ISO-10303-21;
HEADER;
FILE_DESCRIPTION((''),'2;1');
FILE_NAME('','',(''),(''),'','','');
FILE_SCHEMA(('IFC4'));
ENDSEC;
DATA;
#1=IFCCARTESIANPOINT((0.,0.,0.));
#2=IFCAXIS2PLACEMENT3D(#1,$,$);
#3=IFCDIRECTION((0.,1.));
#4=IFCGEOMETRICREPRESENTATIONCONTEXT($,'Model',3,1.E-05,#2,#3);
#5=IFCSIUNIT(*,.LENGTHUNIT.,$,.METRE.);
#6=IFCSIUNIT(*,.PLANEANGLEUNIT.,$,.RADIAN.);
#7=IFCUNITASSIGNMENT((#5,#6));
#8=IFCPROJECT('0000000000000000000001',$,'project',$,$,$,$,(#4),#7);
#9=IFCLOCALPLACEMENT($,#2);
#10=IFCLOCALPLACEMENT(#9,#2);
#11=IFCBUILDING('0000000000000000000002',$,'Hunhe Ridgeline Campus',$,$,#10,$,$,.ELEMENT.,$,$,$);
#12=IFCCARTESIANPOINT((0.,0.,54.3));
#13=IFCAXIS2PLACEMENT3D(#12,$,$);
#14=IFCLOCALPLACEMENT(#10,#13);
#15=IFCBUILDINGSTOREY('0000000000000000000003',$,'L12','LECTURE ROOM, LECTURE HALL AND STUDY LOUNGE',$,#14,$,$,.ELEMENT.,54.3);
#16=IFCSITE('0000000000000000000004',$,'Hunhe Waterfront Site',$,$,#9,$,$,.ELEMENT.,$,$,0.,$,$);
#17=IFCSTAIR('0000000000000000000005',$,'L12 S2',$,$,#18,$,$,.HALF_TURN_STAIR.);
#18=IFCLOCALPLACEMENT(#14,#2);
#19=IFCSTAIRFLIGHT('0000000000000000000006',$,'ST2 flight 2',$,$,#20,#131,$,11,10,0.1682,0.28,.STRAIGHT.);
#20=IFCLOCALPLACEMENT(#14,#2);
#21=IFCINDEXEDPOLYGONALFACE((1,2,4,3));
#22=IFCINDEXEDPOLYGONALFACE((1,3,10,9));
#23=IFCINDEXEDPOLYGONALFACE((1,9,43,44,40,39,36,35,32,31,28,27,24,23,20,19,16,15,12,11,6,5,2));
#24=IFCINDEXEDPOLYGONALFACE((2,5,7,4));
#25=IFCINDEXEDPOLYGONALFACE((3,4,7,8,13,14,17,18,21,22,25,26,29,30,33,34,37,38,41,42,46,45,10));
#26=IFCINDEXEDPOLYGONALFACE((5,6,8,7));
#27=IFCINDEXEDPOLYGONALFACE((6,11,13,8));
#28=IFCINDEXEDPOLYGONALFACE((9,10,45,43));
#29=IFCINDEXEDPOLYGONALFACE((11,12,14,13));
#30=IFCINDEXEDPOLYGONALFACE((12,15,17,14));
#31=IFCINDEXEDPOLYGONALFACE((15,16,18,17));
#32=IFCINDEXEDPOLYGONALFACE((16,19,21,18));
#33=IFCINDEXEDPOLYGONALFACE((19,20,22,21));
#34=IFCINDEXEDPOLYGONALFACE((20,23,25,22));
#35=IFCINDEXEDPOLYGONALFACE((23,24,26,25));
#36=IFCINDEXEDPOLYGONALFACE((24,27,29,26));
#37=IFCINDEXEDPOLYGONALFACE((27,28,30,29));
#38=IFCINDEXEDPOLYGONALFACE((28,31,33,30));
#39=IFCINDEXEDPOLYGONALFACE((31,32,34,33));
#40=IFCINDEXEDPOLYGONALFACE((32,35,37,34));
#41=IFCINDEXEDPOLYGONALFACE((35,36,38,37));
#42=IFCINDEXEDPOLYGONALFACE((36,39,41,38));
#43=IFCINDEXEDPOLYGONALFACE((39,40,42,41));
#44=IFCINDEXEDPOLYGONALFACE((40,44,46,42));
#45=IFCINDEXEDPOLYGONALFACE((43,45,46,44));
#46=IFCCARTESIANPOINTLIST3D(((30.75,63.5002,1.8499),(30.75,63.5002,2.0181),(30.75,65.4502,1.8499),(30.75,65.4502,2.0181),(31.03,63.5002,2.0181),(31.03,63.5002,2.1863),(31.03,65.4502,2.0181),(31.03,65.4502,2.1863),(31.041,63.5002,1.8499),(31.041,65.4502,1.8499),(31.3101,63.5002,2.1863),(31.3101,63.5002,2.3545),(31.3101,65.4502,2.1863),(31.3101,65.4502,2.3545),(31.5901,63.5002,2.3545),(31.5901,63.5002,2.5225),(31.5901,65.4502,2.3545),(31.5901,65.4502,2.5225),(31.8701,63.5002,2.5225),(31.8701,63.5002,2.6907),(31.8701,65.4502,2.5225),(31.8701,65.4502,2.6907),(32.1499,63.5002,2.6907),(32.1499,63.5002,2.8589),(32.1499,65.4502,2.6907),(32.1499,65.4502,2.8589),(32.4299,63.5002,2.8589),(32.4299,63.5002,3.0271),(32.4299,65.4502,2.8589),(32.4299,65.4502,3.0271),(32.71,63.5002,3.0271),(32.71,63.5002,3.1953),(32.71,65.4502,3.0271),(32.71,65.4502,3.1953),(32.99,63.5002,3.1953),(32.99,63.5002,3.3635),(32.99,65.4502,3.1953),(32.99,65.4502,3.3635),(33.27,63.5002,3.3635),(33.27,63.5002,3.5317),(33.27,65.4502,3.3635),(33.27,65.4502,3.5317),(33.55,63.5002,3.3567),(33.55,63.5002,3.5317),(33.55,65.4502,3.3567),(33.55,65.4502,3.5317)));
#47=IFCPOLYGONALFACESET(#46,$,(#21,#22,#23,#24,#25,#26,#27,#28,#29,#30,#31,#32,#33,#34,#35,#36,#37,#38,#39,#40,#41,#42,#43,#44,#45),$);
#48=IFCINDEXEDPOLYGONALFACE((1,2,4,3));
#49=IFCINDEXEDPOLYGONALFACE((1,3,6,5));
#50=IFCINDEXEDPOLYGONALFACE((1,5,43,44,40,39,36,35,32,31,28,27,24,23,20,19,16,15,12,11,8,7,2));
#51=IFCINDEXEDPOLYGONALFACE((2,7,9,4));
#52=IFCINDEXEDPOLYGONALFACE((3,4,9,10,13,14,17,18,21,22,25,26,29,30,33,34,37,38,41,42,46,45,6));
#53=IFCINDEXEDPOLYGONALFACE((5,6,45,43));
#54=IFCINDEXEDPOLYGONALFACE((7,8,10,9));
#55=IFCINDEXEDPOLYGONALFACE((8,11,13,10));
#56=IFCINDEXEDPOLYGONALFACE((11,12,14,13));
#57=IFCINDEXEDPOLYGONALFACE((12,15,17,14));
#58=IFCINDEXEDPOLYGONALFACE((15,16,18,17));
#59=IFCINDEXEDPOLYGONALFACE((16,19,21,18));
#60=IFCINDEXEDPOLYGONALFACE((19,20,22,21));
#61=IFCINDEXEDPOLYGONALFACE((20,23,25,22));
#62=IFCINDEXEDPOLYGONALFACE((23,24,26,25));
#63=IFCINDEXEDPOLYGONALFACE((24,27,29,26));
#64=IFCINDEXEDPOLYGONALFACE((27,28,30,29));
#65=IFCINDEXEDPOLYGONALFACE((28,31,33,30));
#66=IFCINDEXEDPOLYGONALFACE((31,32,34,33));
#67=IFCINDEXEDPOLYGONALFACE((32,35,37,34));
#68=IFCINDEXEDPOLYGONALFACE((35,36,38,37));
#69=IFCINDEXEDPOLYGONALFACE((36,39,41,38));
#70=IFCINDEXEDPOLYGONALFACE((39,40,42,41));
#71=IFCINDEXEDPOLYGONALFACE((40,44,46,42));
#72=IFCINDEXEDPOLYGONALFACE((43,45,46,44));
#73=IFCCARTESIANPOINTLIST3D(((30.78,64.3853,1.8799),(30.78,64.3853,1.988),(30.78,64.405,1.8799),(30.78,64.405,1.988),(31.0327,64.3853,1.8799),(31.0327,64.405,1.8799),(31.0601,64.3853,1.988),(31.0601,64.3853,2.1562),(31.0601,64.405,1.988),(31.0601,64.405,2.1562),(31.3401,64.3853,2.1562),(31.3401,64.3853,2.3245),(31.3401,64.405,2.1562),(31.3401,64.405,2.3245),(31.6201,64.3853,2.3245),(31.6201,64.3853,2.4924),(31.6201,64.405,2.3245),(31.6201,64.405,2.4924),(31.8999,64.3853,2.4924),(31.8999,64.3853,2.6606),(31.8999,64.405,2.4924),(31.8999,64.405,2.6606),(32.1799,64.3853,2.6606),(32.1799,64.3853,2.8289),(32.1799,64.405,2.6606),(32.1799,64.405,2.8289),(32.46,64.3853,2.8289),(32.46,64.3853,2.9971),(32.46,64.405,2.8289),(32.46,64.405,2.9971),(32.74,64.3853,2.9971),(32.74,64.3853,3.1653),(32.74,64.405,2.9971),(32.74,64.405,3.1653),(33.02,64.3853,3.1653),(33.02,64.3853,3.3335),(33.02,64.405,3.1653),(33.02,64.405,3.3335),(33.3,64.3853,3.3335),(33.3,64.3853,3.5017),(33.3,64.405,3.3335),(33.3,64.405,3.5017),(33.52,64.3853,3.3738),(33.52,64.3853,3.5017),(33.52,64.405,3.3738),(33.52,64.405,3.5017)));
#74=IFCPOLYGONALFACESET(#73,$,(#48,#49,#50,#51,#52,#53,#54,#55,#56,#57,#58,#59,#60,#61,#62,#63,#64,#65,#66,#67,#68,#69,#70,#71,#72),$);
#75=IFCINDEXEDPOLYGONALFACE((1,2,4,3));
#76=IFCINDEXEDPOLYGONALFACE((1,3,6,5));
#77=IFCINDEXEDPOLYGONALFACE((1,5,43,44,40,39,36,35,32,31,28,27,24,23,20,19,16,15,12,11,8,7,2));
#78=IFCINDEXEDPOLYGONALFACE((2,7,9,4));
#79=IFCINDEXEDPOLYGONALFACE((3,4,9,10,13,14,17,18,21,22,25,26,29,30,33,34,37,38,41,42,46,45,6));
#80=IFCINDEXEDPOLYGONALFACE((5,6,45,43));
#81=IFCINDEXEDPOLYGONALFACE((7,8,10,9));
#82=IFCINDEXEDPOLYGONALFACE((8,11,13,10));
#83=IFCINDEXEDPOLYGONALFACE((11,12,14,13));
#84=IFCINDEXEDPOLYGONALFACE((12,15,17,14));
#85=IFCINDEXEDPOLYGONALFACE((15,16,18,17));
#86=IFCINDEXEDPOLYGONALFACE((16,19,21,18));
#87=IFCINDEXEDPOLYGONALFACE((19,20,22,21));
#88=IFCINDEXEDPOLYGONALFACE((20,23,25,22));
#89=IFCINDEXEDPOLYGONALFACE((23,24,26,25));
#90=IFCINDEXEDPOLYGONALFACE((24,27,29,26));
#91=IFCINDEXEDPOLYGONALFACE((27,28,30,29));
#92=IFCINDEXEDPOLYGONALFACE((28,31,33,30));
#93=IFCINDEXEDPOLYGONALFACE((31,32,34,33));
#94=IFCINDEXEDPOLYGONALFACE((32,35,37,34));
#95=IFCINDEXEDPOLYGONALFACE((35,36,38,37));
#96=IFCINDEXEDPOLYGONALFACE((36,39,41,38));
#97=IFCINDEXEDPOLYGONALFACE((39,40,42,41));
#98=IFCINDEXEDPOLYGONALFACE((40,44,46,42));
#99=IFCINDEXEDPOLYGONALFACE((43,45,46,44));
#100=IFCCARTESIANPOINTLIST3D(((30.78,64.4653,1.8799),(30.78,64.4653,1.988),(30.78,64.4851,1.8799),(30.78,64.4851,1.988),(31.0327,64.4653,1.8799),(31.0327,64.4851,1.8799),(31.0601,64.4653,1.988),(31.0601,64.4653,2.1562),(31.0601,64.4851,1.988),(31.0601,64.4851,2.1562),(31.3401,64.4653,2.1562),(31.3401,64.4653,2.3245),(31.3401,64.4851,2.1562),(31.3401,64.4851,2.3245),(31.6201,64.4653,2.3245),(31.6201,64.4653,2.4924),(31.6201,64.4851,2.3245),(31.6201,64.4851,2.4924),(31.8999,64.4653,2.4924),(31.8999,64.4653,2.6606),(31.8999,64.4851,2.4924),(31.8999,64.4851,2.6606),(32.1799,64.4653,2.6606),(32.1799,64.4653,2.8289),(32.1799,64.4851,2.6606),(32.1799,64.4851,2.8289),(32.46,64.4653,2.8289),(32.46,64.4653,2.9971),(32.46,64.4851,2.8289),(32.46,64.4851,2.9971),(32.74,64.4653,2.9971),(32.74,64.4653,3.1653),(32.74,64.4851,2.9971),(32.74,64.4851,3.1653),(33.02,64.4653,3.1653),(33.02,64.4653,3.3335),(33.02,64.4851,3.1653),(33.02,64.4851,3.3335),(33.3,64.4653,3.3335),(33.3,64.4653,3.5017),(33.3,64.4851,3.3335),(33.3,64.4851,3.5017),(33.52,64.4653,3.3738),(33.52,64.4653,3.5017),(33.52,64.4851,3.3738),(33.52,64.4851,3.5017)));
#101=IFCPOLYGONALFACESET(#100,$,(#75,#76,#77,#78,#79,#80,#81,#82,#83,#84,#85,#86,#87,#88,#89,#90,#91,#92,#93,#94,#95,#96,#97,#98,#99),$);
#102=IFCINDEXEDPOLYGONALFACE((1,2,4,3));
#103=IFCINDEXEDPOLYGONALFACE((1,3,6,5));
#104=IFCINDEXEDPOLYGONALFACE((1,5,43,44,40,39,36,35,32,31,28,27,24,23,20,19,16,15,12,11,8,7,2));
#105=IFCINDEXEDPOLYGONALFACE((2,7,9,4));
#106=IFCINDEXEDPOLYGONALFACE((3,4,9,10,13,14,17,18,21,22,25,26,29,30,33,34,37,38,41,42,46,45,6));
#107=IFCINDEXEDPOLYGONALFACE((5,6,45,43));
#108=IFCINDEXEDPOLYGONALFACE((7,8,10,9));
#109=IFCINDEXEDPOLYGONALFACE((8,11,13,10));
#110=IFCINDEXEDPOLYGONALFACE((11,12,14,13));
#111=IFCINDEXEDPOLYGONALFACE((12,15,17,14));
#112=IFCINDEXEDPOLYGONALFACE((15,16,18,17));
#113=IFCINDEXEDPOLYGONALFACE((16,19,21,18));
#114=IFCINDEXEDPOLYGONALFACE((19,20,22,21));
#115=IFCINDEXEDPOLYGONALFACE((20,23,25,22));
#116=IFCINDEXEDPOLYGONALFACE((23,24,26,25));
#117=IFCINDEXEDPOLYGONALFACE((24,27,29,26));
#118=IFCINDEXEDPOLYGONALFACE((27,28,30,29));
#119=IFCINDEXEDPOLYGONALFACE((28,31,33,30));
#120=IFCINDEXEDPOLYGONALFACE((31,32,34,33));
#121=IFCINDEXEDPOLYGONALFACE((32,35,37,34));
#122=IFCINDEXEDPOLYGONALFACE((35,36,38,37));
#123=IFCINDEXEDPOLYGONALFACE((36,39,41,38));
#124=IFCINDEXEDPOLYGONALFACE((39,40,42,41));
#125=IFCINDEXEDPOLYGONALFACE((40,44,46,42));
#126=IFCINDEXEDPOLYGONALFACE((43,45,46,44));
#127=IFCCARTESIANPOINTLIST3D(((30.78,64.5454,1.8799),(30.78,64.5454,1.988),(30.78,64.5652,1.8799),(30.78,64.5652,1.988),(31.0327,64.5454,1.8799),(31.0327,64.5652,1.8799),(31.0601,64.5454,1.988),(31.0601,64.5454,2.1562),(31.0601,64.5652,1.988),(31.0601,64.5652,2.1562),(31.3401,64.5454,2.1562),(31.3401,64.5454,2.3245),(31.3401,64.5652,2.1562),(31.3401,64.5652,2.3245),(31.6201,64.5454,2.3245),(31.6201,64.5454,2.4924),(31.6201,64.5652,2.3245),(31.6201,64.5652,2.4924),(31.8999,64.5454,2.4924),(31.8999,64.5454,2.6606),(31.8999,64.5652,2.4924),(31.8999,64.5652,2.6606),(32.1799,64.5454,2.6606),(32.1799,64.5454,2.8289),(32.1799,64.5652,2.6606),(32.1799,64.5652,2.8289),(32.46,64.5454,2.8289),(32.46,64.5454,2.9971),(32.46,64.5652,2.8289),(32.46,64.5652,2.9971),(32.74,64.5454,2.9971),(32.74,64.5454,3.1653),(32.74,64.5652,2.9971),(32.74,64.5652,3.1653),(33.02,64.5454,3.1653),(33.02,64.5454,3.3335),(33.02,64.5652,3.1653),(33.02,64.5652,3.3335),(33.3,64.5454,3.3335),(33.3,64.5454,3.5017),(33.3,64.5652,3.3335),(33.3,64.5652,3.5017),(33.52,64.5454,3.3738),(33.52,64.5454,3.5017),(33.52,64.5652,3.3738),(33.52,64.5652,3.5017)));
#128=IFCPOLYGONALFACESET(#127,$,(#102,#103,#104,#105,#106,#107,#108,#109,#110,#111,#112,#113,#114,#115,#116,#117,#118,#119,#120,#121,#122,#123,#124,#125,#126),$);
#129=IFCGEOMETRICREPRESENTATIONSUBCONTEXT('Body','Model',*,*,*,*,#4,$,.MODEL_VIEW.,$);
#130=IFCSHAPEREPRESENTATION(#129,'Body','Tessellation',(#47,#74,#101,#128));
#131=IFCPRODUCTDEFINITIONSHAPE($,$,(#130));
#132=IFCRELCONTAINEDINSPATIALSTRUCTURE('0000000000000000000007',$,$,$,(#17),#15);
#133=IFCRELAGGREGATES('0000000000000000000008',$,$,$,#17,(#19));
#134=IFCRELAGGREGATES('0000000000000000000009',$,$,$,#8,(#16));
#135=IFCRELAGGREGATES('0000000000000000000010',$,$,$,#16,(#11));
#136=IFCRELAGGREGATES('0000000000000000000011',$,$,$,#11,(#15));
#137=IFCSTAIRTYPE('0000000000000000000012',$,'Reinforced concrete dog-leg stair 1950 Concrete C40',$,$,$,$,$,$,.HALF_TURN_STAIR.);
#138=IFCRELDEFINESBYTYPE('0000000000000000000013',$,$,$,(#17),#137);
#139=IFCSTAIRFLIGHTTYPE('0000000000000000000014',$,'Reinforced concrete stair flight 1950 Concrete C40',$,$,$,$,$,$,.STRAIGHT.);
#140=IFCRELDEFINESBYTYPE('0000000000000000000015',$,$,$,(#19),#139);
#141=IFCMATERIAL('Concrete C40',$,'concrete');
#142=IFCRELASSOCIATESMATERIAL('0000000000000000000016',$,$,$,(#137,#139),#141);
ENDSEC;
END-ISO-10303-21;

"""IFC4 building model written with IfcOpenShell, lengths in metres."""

from ifc_helpers import new_model, si_unit, direction, frame, origin, place, context, subcontext, project, spatial, polyline, outline, extrude, material, type_object, element, aggregate, save


model = new_model("IFC4")

# Units and contexts
model_context = context("Model", 3, precision=1e-05, world=origin(), true_north=direction((0.0, 1.0)))
body_context = subcontext(model_context, "Body", "Model", "MODEL_VIEW")
ifc_project = project(units=[si_unit("LENGTHUNIT", "METRE"), si_unit("PLANEANGLEUNIT", "RADIAN")], contexts=[model_context])

# Site, building, storey
site_placement = place(None, origin())
site = spatial("IfcSite", under=ifc_project, at=site_placement, Name="Hunhe Waterfront Site", CompositionType="ELEMENT", RefElevation=0.0)
building_placement = place(site_placement, origin())
building = spatial("IfcBuilding", under=site, at=building_placement, Name="Hunhe Ridgeline Campus", CompositionType="ELEMENT")
storey_placement = place(building_placement, frame((0.0, 0.0, 54.3)))
storey = spatial("IfcBuildingStorey", under=building, at=storey_placement, Name="L12", Description="LECTURE ROOM, LECTURE HALL AND STUDY LOUNGE", CompositionType="ELEMENT", Elevation=54.3)

# Stair, stair flight
ifc_material_1 = material(Name="Concrete C40", Category="concrete")
stair_type = type_object("IfcStairType", Name="Reinforced concrete dog-leg stair 1950 Concrete C40", PredefinedType="HALF_TURN_STAIR", material=ifc_material_1)
stair_placement = place(storey_placement, origin())
stair = element("IfcStair", 1, at=stair_placement, inside=storey, type_object=stair_type, Name="L12 S2", PredefinedType="HALF_TURN_STAIR")
stair_flight_type = type_object("IfcStairFlightType", Name="Reinforced concrete stair flight 1950 Concrete C40", PredefinedType="STRAIGHT", material=ifc_material_1)
stair_flight_1_placement = place(storey_placement, frame((30.75, 64.4751, 1.8499), z_axis=(0.0, 0.0, 1.0), x_axis=(1.0, 0.0, 0.0)))
stair_flight_1 = element("IfcStairFlight", 2, at=stair_flight_1_placement, type_object=stair_flight_type, Name="ST2 flight 2", NumberOfRisers=11, NumberOfTreads=10, PredefinedType="STRAIGHT", RiserHeight=0.1682, TreadLength=0.28, context=body_context, shape_type="SweptSolid", body=[
    extrude(outline(polyline([(0.0, 0.0), (0.0, 0.1682), (0.28, 0.1682), (0.28, 0.3364), (0.5601, 0.3364), (0.5601, 0.5046), (0.8401, 0.5046), (0.8401, 0.6726), (1.1201, 0.6726), (1.1201, 0.8408), (1.3999, 0.8408), (1.3999, 1.009), (1.6799, 1.009), (1.6799, 1.1772), (1.96, 1.1772), (1.96, 1.3455), (2.24, 1.3455), (2.24, 1.5137), (2.52, 1.5137), (2.52, 1.6819), (2.8, 1.6819), (2.8, 1.8501), (2.8, 1.5068), (0.291, 0.0), (0.0, 0.0)])), frame((0.0, 0.9751, 0.0), z_axis=(0.0, -1.0, 0.0), x_axis=(1.0, 0.0, 0.0)), (0.0, 0.0, 1.0), 1.95),
    extrude(outline(polyline([(0.03, 0.03), (0.03, 0.1382), (0.3101, 0.1382), (0.3101, 0.3064), (0.5901, 0.3064), (0.5901, 0.4746), (0.8701, 0.4746), (0.8701, 0.6426), (1.1499, 0.6426), (1.1499, 0.8108), (1.4299, 0.8108), (1.4299, 0.979), (1.71, 0.979), (1.71, 1.1472), (1.99, 1.1472), (1.99, 1.3154), (2.27, 1.3154), (2.27, 1.4836), (2.55, 1.4836), (2.55, 1.6519), (2.77, 1.6519), (2.77, 1.5239), (0.2827, 0.03), (0.03, 0.03)])), frame((0.0, -0.0701, 0.0), z_axis=(0.0, -1.0, 0.0), x_axis=(1.0, 0.0, 0.0)), (0.0, 0.0, 1.0), 0.0198),
    extrude(outline(polyline([(0.03, 0.03), (0.03, 0.1382), (0.3101, 0.1382), (0.3101, 0.3064), (0.5901, 0.3064), (0.5901, 0.4746), (0.8701, 0.4746), (0.8701, 0.6426), (1.1499, 0.6426), (1.1499, 0.8108), (1.4299, 0.8108), (1.4299, 0.979), (1.71, 0.979), (1.71, 1.1472), (1.99, 1.1472), (1.99, 1.3154), (2.27, 1.3154), (2.27, 1.4836), (2.55, 1.4836), (2.55, 1.6519), (2.77, 1.6519), (2.77, 1.5239), (0.2827, 0.03), (0.03, 0.03)])), frame((0.0, 0.01, 0.0), z_axis=(0.0, -1.0, 0.0), x_axis=(1.0, 0.0, 0.0)), (0.0, 0.0, 1.0), 0.0198),
    extrude(outline(polyline([(0.03, 0.03), (0.03, 0.1382), (0.3101, 0.1382), (0.3101, 0.3064), (0.5901, 0.3064), (0.5901, 0.4746), (0.8701, 0.4746), (0.8701, 0.6426), (1.1499, 0.6426), (1.1499, 0.8108), (1.4299, 0.8108), (1.4299, 0.979), (1.71, 0.979), (1.71, 1.1472), (1.99, 1.1472), (1.99, 1.3154), (2.27, 1.3154), (2.27, 1.4836), (2.55, 1.4836), (2.55, 1.6519), (2.77, 1.6519), (2.77, 1.5239), (0.2827, 0.03), (0.03, 0.03)])), frame((0.0, 0.0901, 0.0), z_axis=(0.0, -1.0, 0.0), x_axis=(1.0, 0.0, 0.0)), (0.0, 0.0, 1.0), 0.0198),
])
aggregate(stair, [stair_flight_1])

save(model, "model.ifc")
